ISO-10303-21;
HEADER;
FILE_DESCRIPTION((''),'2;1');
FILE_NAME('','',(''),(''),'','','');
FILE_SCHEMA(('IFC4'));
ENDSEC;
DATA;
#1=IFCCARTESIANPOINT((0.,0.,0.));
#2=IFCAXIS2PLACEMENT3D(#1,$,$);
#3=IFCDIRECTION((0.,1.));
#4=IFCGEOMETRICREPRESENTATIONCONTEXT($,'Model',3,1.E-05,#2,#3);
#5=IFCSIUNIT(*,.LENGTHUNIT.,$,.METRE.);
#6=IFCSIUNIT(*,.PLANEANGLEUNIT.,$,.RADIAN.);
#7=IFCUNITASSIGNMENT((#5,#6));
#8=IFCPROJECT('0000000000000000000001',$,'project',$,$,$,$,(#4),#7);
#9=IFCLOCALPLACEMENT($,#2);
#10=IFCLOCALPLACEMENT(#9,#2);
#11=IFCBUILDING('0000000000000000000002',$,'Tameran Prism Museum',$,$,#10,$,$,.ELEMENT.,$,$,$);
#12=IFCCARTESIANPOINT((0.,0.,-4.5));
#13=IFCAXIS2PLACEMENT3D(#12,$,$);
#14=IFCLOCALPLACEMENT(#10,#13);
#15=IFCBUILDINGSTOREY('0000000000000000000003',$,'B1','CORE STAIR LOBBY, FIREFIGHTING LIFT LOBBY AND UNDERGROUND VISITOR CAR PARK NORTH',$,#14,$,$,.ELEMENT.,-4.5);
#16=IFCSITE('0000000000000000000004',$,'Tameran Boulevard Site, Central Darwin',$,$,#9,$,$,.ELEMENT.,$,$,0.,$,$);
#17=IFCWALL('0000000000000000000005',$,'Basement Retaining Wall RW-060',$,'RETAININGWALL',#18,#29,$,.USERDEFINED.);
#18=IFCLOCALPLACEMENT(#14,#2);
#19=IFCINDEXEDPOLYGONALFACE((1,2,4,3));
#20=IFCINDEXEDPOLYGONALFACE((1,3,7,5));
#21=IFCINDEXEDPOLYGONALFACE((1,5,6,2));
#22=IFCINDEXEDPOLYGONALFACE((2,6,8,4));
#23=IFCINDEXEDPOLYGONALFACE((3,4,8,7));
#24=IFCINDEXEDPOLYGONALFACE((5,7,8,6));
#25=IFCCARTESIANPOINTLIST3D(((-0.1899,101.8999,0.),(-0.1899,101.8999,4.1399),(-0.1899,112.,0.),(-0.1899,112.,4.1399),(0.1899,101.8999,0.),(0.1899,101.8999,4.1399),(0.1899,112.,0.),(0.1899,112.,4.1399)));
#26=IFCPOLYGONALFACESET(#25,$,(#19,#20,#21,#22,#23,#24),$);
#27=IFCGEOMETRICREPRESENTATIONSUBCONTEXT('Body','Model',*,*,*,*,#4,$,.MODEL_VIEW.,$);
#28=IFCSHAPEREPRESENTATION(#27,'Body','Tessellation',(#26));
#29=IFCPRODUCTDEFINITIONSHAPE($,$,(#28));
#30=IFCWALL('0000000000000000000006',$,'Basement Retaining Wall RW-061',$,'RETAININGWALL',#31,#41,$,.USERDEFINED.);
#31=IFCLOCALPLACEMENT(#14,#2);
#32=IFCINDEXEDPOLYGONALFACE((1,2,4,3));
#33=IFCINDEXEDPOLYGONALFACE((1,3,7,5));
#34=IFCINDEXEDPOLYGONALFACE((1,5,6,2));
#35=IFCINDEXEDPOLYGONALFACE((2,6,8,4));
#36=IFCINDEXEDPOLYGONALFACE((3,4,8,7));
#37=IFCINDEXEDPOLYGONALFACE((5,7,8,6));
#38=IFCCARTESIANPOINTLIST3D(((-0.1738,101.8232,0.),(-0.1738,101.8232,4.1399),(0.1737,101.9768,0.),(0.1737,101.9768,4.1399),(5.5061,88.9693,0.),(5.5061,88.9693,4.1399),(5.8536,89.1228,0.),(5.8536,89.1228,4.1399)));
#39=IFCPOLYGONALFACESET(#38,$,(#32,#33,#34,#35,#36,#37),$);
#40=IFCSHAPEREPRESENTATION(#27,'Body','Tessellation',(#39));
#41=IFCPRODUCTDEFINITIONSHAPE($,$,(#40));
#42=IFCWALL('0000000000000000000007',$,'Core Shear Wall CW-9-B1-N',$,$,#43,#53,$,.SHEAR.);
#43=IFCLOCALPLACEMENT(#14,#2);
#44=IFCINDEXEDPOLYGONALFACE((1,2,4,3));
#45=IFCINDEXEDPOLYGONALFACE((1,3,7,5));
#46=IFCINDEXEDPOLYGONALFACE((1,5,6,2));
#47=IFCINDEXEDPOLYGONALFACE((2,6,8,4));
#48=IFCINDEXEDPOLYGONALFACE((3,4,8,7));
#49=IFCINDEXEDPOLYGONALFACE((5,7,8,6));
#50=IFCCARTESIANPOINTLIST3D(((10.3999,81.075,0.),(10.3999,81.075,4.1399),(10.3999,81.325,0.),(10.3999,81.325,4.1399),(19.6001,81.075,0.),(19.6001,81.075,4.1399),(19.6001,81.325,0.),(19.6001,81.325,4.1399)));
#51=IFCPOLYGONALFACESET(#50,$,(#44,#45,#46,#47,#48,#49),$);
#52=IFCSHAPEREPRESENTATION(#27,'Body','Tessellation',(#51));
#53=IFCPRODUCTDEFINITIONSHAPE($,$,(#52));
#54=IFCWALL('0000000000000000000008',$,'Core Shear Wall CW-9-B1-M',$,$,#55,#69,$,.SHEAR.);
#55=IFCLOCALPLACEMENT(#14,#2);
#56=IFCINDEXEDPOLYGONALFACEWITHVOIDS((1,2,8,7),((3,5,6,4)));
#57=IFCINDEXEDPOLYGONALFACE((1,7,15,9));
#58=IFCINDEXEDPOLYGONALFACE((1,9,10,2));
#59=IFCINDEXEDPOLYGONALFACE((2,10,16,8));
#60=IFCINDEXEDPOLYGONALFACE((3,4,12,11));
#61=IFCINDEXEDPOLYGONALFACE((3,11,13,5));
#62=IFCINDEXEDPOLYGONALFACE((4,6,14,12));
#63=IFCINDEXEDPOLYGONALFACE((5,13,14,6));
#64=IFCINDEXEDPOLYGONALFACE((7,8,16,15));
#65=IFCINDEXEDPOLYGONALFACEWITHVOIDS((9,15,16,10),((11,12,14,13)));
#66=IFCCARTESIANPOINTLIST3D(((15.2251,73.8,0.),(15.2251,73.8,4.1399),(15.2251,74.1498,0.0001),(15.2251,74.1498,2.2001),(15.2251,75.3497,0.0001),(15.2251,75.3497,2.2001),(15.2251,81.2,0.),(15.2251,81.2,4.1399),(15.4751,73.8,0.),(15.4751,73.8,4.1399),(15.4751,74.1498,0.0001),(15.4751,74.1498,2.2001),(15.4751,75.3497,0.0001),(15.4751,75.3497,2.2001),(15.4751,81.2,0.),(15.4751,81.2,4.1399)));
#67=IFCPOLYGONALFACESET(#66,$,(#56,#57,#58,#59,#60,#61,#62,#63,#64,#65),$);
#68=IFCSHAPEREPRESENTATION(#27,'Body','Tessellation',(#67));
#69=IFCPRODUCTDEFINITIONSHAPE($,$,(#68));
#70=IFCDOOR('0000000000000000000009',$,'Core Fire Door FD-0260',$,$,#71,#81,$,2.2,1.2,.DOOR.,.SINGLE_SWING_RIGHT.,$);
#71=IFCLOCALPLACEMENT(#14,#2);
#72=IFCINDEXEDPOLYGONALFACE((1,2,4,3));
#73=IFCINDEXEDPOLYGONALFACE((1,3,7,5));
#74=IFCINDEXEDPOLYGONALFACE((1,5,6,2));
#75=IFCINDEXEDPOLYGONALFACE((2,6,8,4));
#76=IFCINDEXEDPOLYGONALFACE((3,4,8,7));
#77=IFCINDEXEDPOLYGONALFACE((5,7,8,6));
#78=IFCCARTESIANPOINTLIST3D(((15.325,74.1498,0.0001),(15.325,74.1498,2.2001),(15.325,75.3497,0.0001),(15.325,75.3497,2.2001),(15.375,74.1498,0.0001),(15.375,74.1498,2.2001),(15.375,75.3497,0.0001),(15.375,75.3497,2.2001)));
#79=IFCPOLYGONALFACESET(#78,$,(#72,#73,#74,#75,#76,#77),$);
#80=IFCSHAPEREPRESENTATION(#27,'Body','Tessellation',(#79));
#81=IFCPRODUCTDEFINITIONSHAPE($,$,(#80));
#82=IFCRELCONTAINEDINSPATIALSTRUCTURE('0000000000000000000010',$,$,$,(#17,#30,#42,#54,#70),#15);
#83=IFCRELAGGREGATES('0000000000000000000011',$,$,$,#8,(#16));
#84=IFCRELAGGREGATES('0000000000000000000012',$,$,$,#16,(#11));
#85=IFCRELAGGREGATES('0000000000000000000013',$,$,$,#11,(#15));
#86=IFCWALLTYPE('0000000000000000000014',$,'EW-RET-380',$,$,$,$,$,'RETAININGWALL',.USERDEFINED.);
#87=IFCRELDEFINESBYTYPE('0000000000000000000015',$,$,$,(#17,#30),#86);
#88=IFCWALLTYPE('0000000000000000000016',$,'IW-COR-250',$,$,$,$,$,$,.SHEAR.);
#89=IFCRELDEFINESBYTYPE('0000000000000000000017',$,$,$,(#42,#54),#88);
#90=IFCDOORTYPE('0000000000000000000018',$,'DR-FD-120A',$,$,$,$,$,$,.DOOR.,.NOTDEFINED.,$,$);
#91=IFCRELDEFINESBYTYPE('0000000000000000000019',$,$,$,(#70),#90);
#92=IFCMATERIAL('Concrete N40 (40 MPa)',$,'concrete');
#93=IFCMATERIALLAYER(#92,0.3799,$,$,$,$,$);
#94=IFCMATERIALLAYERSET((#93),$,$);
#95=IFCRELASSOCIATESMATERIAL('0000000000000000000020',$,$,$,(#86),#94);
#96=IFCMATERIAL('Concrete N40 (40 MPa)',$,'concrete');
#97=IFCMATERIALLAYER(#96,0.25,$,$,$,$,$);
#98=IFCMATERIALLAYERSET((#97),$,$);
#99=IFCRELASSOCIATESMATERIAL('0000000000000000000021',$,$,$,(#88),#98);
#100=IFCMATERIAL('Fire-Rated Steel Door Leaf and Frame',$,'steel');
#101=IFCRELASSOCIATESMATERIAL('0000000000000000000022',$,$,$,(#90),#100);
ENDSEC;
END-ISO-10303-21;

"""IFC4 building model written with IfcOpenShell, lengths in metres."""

from ifc_helpers import new_model, si_unit, direction, frame, frame_2d, origin, place, context, subcontext, project, spatial, rectangle, extrude, material, layer, layer_set, type_object, element, fill, save


model = new_model("IFC4")

# Units and contexts
model_context = context("Model", 3, precision=1e-05, world=origin(), true_north=direction((0.0, 1.0)))
body_context = subcontext(model_context, "Body", "Model", "MODEL_VIEW")
ifc_project = project(units=[si_unit("LENGTHUNIT", "METRE"), si_unit("PLANEANGLEUNIT", "RADIAN")], contexts=[model_context])

# Site, building, storey
site_placement = place(None, origin())
site = spatial("IfcSite", under=ifc_project, at=site_placement, Name="Tameran Boulevard Site, Central Darwin", CompositionType="ELEMENT", RefElevation=0.0)
building_placement = place(site_placement, origin())
building = spatial("IfcBuilding", under=site, at=building_placement, Name="Tameran Prism Museum", CompositionType="ELEMENT")
storey_placement = place(building_placement, frame((0.0, 0.0, -4.5)))
storey = spatial("IfcBuildingStorey", under=building, at=storey_placement, Name="B1", Description="CORE STAIR LOBBY, FIREFIGHTING LIFT LOBBY AND UNDERGROUND VISITOR CAR PARK NORTH", CompositionType="ELEMENT", Elevation=-4.5)

# Walls
ifc_material_1 = material(Name="Concrete N40 (40 MPa)", Category="concrete")
ifc_layer_1 = layer(ifc_material_1, 0.3799)
ifc_layer_set_1 = layer_set([ifc_layer_1])
wall_type_1 = type_object("IfcWallType", Name="EW-RET-380", ElementType="RETAININGWALL", PredefinedType="USERDEFINED", material=ifc_layer_set_1)
wall_1_placement = place(storey_placement, frame((0.0, 112.0, 0.0), z_axis=(0.0, 0.0, 1.0), x_axis=(0.0, -1.0, 0.0)))
element("IfcWall", 1, at=wall_1_placement, inside=storey, type_object=wall_type_1, Name="Basement Retaining Wall RW-060", ObjectType="RETAININGWALL", PredefinedType="USERDEFINED", context=body_context, shape_type="SweptSolid", body=[
    extrude(rectangle(XDim=10.1001, YDim=0.3799, at=frame_2d((5.05, 0.0))), origin(), (0.0, 0.0, 1.0), 4.1399),
])
wall_2_placement = place(storey_placement, frame((0.0, 101.8999, 0.0), z_axis=(0.0, 0.0, 1.0), x_axis=(0.404179, -0.91468, 0.0)))
element("IfcWall", 2, at=wall_2_placement, inside=storey, type_object=wall_type_1, Name="Basement Retaining Wall RW-061", ObjectType="RETAININGWALL", PredefinedType="USERDEFINED", context=body_context, shape_type="SweptSolid", body=[
    extrude(rectangle(XDim=14.053, YDim=0.3799, at=frame_2d((7.0264, 0.0))), origin(), (0.0, 0.0, 1.0), 4.1399),
])
ifc_material_2 = material(Name="Concrete N40 (40 MPa)", Category="concrete")
ifc_layer_2 = layer(ifc_material_2, 0.25)
ifc_layer_set_2 = layer_set([ifc_layer_2])
wall_type_2 = type_object("IfcWallType", Name="IW-COR-250", PredefinedType="SHEAR", material=ifc_layer_set_2)
wall_3_placement = place(storey_placement, frame((10.3999, 81.2, 0.0), z_axis=(0.0, 0.0, 1.0), x_axis=(1.0, 0.0, 0.0)))
element("IfcWall", 3, at=wall_3_placement, inside=storey, type_object=wall_type_2, Name="Core Shear Wall CW-9-B1-N", PredefinedType="SHEAR", context=body_context, shape_type="SweptSolid", body=[
    extrude(rectangle(XDim=9.2002, YDim=0.25, at=frame_2d((4.6001, 0.0))), origin(), (0.0, 0.0, 1.0), 4.1399),
])

# Wall, opening, door
wall_4_placement = place(storey_placement, frame((15.3501, 81.2, 0.0), z_axis=(0.0, 0.0, 1.0), x_axis=(0.0, -1.0, 0.0)))
wall_4 = element("IfcWall", 4, at=wall_4_placement, inside=storey, type_object=wall_type_2, Name="Core Shear Wall CW-9-B1-M", PredefinedType="SHEAR", context=body_context, shape_type="SweptSolid", body=[
    extrude(rectangle(XDim=7.3999, YDim=0.25, at=frame_2d((3.7, 0.0))), origin(), (0.0, 0.0, 1.0), 4.1399),
])
opening_placement = place(wall_4_placement, frame((5.8501, 0.0, 0.0)))
opening = element("IfcOpeningElement", 5, at=opening_placement, cuts=wall_4, PredefinedType="OPENING", context=body_context, shape_type="SweptSolid", body=[
    extrude(rectangle(XDim=1.2, YDim=2.2, at=frame_2d((0.6001, 1.1001))), frame((0.0, 0.135, 0.0), z_axis=(0.0, -1.0, 0.0), x_axis=(1.0, 0.0, 0.0)), (0.0, 0.0, 1.0), 0.27),
])
ifc_material_3 = material(Name="Fire-Rated Steel Door Leaf and Frame", Category="steel")
door_type = type_object("IfcDoorType", Name="DR-FD-120A", OperationType="NOTDEFINED", PredefinedType="DOOR", material=ifc_material_3)
door_placement = place(opening_placement, origin())
door = element("IfcDoor", 6, at=door_placement, inside=storey, type_object=door_type, Name="Core Fire Door FD-0260", OperationType="SINGLE_SWING_RIGHT", OverallHeight=2.2, OverallWidth=1.2, PredefinedType="DOOR", context=body_context, shape_type="SweptSolid", body=[
    extrude(rectangle(XDim=1.2, YDim=2.2, at=frame_2d((0.6001, 1.1001))), frame((0.0, 0.0249, 0.0), z_axis=(0.0, -1.0, 0.0), x_axis=(1.0, 0.0, 0.0)), (0.0, 0.0, 1.0), 0.05),
])
fill(opening, door)

save(model, "model.ifc")
